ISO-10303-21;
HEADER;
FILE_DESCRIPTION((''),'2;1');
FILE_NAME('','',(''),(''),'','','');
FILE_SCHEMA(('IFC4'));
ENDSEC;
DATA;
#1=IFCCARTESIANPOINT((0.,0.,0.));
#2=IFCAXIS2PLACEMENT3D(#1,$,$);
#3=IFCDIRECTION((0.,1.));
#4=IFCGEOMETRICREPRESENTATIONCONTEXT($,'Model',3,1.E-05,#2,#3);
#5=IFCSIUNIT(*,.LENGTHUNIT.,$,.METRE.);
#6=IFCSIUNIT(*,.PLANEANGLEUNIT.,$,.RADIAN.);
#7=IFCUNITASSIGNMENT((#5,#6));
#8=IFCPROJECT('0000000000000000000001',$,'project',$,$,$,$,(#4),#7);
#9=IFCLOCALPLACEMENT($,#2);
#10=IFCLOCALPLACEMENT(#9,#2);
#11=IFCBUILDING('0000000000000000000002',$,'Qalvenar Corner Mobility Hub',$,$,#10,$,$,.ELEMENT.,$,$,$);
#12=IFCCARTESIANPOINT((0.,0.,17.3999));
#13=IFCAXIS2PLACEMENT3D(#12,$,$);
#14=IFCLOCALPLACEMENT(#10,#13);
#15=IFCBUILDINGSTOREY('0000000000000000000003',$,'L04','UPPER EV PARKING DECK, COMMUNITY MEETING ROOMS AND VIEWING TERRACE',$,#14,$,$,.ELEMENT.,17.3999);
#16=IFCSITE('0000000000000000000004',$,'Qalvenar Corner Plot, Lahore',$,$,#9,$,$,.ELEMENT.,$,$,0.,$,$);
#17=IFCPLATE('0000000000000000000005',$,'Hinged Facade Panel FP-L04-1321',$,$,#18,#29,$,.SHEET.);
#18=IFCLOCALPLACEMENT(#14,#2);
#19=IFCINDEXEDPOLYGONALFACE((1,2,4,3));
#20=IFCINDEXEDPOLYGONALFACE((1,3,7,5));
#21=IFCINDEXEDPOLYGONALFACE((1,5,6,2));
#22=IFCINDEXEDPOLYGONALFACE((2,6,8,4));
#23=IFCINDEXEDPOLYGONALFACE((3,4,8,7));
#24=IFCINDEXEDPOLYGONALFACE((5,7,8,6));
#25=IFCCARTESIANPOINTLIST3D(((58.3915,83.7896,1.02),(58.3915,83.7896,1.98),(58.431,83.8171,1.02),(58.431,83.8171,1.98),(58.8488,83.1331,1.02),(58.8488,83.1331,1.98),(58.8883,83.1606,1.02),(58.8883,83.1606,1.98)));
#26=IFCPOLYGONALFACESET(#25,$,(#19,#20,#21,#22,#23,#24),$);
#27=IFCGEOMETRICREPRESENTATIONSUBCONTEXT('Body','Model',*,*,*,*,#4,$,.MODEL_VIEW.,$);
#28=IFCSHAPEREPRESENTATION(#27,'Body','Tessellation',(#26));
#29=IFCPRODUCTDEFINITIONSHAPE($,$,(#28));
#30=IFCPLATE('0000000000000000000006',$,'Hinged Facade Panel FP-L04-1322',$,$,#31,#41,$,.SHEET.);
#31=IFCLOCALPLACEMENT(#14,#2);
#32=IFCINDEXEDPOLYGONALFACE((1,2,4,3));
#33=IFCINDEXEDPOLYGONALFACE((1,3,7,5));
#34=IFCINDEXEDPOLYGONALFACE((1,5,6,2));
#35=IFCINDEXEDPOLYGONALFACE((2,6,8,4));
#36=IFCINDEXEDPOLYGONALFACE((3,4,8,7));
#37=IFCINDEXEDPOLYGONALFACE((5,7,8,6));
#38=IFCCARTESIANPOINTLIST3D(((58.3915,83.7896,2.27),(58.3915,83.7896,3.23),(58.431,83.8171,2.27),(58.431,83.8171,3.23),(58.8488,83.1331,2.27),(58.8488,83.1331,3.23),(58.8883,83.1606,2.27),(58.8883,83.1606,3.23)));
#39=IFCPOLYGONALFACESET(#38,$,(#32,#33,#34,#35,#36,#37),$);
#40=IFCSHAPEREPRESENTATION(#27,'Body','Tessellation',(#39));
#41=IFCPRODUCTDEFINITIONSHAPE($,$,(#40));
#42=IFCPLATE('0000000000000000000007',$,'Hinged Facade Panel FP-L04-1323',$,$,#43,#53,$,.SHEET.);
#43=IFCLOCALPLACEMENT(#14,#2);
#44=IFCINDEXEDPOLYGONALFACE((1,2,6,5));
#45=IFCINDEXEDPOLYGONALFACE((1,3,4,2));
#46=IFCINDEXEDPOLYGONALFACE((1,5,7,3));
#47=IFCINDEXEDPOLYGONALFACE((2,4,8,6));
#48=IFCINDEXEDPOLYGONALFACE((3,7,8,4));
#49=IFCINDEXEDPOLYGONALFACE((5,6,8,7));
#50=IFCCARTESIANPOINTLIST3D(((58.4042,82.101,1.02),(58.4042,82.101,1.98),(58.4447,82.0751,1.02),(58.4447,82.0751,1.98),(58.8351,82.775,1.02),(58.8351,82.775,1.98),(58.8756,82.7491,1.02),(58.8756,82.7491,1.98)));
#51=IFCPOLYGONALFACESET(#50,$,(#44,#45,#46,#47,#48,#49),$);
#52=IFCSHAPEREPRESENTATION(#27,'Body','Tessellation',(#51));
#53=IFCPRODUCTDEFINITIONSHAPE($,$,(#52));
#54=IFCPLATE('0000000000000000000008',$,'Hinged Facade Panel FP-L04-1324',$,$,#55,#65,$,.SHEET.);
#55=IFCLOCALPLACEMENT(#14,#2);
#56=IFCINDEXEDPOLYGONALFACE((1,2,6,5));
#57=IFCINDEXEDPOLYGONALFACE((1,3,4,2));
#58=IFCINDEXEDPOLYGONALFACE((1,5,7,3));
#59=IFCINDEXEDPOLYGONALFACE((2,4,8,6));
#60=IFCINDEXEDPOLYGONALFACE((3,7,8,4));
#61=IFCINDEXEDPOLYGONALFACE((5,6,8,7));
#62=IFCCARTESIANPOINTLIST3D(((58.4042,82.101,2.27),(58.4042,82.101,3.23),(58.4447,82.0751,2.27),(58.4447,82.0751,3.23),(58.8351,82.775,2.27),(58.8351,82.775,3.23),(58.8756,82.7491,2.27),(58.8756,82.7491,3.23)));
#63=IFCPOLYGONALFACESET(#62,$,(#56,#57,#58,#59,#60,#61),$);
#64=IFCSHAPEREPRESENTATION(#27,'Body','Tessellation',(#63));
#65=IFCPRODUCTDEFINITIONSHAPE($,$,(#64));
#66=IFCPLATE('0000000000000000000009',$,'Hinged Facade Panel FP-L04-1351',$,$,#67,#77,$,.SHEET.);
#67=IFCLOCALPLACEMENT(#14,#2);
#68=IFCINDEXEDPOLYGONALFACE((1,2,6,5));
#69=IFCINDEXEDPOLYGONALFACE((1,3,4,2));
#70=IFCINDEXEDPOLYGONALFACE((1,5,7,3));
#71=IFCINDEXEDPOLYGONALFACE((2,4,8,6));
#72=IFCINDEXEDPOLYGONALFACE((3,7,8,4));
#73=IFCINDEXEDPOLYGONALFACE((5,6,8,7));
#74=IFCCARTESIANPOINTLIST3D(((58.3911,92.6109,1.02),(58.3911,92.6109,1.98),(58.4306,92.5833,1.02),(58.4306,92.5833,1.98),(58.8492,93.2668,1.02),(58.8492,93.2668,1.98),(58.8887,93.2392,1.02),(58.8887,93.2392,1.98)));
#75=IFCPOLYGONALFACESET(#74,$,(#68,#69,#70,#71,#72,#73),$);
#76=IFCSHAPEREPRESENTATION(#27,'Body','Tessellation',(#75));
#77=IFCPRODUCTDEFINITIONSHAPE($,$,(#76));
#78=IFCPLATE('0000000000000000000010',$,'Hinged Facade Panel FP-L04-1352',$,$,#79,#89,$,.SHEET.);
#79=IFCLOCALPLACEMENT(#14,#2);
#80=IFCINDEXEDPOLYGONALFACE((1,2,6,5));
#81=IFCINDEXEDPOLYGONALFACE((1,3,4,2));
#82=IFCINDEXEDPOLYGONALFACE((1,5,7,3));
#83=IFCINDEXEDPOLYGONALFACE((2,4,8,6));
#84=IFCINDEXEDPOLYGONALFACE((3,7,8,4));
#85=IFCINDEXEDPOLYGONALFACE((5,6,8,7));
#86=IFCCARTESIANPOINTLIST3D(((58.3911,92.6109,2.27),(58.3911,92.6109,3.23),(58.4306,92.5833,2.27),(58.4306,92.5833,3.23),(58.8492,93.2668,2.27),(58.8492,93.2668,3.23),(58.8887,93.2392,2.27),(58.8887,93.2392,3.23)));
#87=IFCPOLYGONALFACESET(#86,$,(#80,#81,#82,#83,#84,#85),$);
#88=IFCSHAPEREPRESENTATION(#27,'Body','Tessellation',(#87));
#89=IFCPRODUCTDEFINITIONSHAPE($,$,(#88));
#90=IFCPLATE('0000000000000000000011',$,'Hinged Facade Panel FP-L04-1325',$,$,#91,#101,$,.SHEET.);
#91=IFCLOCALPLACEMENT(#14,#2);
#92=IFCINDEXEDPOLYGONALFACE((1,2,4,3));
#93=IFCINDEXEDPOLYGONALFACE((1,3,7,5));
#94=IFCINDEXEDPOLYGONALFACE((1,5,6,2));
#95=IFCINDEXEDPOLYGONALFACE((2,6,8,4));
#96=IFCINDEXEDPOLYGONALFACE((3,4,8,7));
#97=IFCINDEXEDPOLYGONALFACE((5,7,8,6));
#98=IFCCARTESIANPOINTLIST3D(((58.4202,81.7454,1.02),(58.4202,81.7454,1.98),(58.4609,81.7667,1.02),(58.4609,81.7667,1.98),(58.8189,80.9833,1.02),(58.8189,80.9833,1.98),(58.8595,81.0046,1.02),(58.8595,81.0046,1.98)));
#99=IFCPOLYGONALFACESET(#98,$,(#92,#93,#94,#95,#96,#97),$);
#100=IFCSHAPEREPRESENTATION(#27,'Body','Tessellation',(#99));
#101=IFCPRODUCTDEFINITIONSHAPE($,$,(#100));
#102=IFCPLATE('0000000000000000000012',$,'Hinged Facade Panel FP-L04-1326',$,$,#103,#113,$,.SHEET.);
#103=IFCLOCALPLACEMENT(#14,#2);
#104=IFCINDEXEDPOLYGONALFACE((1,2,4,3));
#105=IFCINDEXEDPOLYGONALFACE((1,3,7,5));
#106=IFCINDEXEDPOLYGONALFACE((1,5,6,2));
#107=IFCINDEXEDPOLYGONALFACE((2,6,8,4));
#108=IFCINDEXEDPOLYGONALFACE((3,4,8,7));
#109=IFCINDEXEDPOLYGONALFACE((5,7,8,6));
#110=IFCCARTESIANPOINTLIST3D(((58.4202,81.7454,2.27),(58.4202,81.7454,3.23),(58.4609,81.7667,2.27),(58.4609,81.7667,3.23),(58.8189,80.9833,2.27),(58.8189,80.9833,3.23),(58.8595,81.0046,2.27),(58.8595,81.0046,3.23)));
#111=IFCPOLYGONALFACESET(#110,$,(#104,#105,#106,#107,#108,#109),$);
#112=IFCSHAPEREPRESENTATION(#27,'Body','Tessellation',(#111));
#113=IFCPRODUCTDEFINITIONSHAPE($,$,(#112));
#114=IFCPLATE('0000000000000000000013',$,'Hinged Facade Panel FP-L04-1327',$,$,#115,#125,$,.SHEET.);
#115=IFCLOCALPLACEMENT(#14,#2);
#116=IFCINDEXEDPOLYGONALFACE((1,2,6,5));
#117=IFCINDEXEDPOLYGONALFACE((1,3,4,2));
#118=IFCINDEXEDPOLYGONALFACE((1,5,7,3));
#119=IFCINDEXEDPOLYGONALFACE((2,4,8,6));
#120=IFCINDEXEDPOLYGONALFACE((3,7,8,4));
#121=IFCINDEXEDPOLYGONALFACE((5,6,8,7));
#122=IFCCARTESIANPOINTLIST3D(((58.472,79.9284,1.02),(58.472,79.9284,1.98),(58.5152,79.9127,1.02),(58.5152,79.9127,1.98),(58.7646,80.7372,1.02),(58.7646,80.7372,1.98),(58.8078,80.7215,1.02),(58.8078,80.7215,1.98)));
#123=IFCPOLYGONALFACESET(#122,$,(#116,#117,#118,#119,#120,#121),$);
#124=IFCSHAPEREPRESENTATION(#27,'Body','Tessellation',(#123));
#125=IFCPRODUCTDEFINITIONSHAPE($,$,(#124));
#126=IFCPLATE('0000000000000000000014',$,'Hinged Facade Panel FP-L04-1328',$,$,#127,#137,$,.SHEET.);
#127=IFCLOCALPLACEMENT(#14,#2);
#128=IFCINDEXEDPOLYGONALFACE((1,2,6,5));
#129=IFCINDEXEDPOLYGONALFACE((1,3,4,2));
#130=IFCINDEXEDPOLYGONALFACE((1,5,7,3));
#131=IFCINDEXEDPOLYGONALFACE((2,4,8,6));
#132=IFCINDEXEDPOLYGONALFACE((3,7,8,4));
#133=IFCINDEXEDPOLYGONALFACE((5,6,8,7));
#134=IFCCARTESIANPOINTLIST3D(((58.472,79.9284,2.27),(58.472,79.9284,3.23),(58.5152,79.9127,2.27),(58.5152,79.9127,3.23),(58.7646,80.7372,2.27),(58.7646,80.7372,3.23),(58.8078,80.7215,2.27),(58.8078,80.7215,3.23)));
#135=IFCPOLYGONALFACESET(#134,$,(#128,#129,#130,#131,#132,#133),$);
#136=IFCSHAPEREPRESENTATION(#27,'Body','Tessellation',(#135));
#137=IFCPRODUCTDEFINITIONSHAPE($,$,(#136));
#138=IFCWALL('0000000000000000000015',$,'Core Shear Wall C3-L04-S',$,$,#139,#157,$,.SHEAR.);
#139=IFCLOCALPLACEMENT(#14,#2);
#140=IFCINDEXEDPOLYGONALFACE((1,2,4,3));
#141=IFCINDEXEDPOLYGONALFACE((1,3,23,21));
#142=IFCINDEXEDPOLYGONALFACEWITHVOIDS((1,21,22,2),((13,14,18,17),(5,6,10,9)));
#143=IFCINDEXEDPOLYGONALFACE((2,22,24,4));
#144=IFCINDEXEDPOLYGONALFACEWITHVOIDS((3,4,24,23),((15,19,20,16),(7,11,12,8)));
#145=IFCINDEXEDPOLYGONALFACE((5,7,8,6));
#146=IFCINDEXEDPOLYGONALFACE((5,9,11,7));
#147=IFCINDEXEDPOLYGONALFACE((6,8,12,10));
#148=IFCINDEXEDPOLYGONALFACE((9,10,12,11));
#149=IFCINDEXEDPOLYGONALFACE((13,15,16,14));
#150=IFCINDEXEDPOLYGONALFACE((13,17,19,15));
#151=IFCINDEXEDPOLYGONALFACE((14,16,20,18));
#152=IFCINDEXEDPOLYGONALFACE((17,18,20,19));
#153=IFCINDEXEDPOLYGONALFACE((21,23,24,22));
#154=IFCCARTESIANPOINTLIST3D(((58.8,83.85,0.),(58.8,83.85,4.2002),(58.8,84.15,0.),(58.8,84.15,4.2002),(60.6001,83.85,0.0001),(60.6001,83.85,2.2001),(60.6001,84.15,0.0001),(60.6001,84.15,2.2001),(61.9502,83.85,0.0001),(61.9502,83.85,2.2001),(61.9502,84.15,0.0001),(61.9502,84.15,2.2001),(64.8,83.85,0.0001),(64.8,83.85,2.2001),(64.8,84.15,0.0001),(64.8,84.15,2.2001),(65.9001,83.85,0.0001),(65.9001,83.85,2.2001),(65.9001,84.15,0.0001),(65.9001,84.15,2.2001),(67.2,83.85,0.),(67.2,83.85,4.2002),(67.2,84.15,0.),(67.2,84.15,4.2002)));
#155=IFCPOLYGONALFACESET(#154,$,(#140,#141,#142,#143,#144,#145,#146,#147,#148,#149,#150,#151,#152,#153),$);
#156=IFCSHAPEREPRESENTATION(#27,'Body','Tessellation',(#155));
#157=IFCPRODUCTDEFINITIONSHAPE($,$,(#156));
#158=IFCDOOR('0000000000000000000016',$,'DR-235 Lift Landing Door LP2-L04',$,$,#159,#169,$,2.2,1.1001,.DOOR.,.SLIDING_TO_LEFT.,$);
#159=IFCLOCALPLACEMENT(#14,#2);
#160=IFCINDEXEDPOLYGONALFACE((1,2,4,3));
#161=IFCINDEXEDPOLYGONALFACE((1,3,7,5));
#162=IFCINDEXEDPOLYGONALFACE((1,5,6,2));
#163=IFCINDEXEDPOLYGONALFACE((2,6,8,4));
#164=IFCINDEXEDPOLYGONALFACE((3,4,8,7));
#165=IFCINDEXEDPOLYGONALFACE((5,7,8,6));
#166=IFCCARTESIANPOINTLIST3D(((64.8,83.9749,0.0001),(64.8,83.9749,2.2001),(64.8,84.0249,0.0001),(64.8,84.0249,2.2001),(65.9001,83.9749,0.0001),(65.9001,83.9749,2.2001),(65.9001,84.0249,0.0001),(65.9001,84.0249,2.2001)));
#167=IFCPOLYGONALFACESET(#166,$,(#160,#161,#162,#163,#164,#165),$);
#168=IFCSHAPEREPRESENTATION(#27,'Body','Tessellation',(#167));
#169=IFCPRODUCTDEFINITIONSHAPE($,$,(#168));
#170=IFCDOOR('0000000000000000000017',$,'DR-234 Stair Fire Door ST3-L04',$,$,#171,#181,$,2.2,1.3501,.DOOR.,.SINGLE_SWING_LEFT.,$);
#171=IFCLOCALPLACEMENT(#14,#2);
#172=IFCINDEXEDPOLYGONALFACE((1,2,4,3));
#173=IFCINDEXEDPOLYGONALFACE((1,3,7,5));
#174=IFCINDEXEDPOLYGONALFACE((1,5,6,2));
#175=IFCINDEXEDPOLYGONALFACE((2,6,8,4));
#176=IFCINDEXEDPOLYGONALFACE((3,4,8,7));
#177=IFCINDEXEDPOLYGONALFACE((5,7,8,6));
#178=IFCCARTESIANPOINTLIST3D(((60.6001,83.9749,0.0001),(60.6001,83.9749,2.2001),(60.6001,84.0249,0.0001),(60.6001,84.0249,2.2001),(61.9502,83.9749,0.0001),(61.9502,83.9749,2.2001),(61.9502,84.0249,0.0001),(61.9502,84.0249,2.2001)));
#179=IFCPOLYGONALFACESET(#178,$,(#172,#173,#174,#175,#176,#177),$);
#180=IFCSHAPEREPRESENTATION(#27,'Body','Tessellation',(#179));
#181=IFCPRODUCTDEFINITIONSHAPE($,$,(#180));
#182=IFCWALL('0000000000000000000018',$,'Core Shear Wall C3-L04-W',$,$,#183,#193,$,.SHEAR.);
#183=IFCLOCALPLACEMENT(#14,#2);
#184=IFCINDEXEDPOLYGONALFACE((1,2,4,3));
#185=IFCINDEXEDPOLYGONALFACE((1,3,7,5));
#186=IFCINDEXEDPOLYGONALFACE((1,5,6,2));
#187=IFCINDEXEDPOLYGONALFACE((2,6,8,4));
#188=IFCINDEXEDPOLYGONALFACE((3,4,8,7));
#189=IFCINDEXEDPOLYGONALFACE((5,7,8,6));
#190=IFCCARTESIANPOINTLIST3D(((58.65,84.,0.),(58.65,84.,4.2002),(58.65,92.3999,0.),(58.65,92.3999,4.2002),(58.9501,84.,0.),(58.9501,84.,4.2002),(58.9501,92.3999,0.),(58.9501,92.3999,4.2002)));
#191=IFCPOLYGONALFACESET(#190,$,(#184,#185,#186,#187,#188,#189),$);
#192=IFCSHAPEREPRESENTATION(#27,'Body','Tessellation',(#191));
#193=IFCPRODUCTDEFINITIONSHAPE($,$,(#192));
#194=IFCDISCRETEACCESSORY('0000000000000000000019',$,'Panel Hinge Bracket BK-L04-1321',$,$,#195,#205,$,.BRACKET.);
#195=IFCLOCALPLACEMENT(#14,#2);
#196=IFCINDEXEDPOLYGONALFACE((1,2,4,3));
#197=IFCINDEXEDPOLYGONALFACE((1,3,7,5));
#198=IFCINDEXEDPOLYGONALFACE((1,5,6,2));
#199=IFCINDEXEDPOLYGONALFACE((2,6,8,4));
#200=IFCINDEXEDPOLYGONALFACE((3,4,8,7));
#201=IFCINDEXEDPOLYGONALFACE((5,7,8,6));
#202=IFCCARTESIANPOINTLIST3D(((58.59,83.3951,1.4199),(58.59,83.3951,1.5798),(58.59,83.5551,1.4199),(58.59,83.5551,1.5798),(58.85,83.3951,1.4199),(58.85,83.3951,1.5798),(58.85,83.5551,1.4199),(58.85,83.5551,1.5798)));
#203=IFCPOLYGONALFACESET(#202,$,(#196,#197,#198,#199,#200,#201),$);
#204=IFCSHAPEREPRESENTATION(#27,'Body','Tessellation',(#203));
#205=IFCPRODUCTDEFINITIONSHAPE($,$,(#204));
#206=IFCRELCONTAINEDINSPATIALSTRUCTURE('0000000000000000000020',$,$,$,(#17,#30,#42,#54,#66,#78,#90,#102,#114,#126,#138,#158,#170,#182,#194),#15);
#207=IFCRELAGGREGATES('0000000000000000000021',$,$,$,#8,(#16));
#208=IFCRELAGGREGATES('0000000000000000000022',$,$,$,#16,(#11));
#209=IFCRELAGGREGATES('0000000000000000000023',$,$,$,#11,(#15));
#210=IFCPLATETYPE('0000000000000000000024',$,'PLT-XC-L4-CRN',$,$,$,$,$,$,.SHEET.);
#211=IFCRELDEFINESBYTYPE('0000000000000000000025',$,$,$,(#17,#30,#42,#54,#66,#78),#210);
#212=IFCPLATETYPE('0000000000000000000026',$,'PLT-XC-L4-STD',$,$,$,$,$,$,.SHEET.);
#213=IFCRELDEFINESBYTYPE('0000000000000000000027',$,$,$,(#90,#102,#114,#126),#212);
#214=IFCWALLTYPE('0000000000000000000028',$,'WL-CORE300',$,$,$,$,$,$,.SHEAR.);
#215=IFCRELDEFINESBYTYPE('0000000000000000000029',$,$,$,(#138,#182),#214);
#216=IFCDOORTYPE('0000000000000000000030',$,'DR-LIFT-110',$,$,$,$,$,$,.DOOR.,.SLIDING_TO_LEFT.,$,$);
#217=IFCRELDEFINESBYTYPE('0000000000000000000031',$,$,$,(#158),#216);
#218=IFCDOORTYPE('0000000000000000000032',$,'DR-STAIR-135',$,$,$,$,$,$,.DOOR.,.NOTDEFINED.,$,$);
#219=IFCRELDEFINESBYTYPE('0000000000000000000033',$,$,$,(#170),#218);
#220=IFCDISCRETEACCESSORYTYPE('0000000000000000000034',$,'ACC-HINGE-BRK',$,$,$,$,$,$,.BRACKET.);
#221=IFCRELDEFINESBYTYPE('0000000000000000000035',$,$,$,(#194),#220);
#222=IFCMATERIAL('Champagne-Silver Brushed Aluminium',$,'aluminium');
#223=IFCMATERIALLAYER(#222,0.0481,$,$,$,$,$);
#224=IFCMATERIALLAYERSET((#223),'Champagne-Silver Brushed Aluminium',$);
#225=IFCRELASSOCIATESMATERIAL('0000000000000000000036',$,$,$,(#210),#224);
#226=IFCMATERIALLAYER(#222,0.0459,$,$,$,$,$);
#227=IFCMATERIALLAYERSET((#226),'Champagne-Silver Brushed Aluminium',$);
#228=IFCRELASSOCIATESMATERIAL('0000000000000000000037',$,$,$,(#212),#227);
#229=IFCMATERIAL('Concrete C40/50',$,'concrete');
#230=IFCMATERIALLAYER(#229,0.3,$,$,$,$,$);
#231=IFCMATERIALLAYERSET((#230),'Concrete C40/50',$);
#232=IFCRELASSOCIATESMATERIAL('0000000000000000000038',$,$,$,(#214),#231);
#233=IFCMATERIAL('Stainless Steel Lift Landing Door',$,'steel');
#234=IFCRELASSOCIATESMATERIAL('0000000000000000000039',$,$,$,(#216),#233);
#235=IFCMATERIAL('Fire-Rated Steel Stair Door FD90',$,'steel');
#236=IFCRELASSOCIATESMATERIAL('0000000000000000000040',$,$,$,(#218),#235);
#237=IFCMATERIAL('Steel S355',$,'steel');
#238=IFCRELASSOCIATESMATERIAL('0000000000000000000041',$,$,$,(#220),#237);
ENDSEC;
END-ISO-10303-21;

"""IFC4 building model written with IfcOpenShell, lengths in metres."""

from ifc_helpers import new_model, si_unit, direction, frame, frame_2d, origin, origin_2d, place, context, subcontext, project, spatial, rectangle, extrude, material, layer, layer_set, type_object, element, fill, save


model = new_model("IFC4")

# Units and contexts
model_context = context("Model", 3, precision=1e-05, world=origin(), true_north=direction((0.0, 1.0)))
body_context = subcontext(model_context, "Body", "Model", "MODEL_VIEW")
ifc_project = project(units=[si_unit("LENGTHUNIT", "METRE"), si_unit("PLANEANGLEUNIT", "RADIAN")], contexts=[model_context])

# Site, building, storey
site_placement = place(None, origin())
site = spatial("IfcSite", under=ifc_project, at=site_placement, Name="Qalvenar Corner Plot, Lahore", CompositionType="ELEMENT", RefElevation=0.0)
building_placement = place(site_placement, origin())
building = spatial("IfcBuilding", under=site, at=building_placement, Name="Qalvenar Corner Mobility Hub", CompositionType="ELEMENT")
storey_placement = place(building_placement, frame((0.0, 0.0, 17.3999)))
storey = spatial("IfcBuildingStorey", under=building, at=storey_placement, Name="L04", Description="UPPER EV PARKING DECK, COMMUNITY MEETING ROOMS AND VIEWING TERRACE", CompositionType="ELEMENT", Elevation=17.3999)

# Shared definitions
ifc_material_1 = material(Name="Steel S355", Category="steel")

# Plates
ifc_material_2 = material(Name="Champagne-Silver Brushed Aluminium", Category="aluminium")
ifc_layer_1 = layer(ifc_material_2, 0.0481)
ifc_layer_set_1 = layer_set([ifc_layer_1], Name="Champagne-Silver Brushed Aluminium")
plate_type_1 = type_object("IfcPlateType", Name="PLT-XC-L4-CRN", PredefinedType="SHEET", material=ifc_layer_set_1)
for number, where, z_axis, x_axis, name in (
    (1, (58.6399, 83.4751, 1.02), (0.0, 0.0, 1.0), (0.571573, -0.820551, 0.0), "Hinged Facade Panel FP-L04-1321"),
    (2, (58.6399, 83.4751, 2.27), (0.0, 0.0, 1.0), (0.571573, -0.820551, 0.0), "Hinged Facade Panel FP-L04-1322"),
    (3, (58.6399, 82.425, 1.02), (0.0, 0.0, 1.0), (-0.538624, -0.842546, 0.0), "Hinged Facade Panel FP-L04-1323"),
    (4, (58.6399, 82.425, 2.27), (0.0, 0.0, 1.0), (-0.538624, -0.842546, 0.0), "Hinged Facade Panel FP-L04-1324"),
    (5, (58.6399, 92.925, 1.02), (0.0, 0.0, 1.0), (-0.572575, -0.819852, 0.0), "Hinged Facade Panel FP-L04-1351"),
    (6, (58.6399, 92.925, 2.27), (0.0, 0.0, 1.0), (-0.572575, -0.819852, 0.0), "Hinged Facade Panel FP-L04-1352"),
):
    element("IfcPlate", number, at=place(storey_placement, frame(where, z_axis=z_axis, x_axis=x_axis)), inside=storey, type_object=plate_type_1, Name=name, PredefinedType="SHEET", context=body_context, shape_type="SweptSolid", body=[
        extrude(rectangle(XDim=0.8, YDim=0.0481, at=origin_2d()), origin(), (0.0, 0.0, 1.0), 0.96),
    ])
ifc_layer_2 = layer(ifc_material_2, 0.0459)
ifc_layer_set_2 = layer_set([ifc_layer_2], Name="Champagne-Silver Brushed Aluminium")
plate_type_2 = type_object("IfcPlateType", Name="PLT-XC-L4-STD", PredefinedType="SHEET", material=ifc_layer_set_2)
for number, where, z_axis, x_axis, name in (
    (7, (58.6399, 81.375, 1.02), (0.0, 0.0, 1.0), (0.463451, -0.886123, 0.0), "Hinged Facade Panel FP-L04-1325"),
    (8, (58.6399, 81.375, 2.27), (0.0, 0.0, 1.0), (0.463451, -0.886123, 0.0), "Hinged Facade Panel FP-L04-1326"),
    (9, (58.6399, 80.325, 1.02), (0.0, 0.0, 1.0), (-0.340215, -0.940348, 0.0), "Hinged Facade Panel FP-L04-1327"),
    (10, (58.6399, 80.325, 2.27), (0.0, 0.0, 1.0), (-0.340215, -0.940348, 0.0), "Hinged Facade Panel FP-L04-1328"),
):
    element("IfcPlate", number, at=place(storey_placement, frame(where, z_axis=z_axis, x_axis=x_axis)), inside=storey, type_object=plate_type_2, Name=name, PredefinedType="SHEET", context=body_context, shape_type="SweptSolid", body=[
        extrude(rectangle(XDim=0.8601, YDim=0.0459, at=origin_2d()), origin(), (0.0, 0.0, 1.0), 0.96),
    ])

# Wall, openings, doors
ifc_material_3 = material(Name="Concrete C40/50", Category="concrete")
ifc_layer_3 = layer(ifc_material_3, 0.3)
ifc_layer_set_3 = layer_set([ifc_layer_3], Name="Concrete C40/50")
wall_type = type_object("IfcWallType", Name="WL-CORE300", PredefinedType="SHEAR", material=ifc_layer_set_3)
wall_1_placement = place(storey_placement, frame((58.8, 84.0, 0.0), z_axis=(0.0, 0.0, 1.0), x_axis=(1.0, 0.0, 0.0)))
wall_1 = element("IfcWall", 11, at=wall_1_placement, inside=storey, type_object=wall_type, Name="Core Shear Wall C3-L04-S", PredefinedType="SHEAR", context=body_context, shape_type="SweptSolid", body=[
    extrude(rectangle(XDim=8.3999, YDim=0.3, at=frame_2d((4.2, 0.0))), origin(), (0.0, 0.0, 1.0), 4.2002),
])
opening_1_placement = place(wall_1_placement, frame((1.8, 0.0, 0.0)))
opening_1 = element("IfcOpeningElement", 12, at=opening_1_placement, cuts=wall_1, PredefinedType="OPENING", context=body_context, shape_type="SweptSolid", body=[
    extrude(rectangle(XDim=1.3501, YDim=2.2, at=frame_2d((0.675, 1.1001))), frame((0.0, 0.1602, 0.0), z_axis=(0.0, -1.0, 0.0), x_axis=(1.0, 0.0, 0.0)), (0.0, 0.0, 1.0), 0.3201),
])
opening_2_placement = place(wall_1_placement, frame((6.0, 0.0, 0.0)))
opening_2 = element("IfcOpeningElement", 13, at=opening_2_placement, cuts=wall_1, PredefinedType="OPENING", context=body_context, shape_type="SweptSolid", body=[
    extrude(rectangle(XDim=1.1001, YDim=2.2, at=frame_2d((0.55, 1.1001))), frame((0.0, 0.1602, 0.0), z_axis=(0.0, -1.0, 0.0), x_axis=(1.0, 0.0, 0.0)), (0.0, 0.0, 1.0), 0.3201),
])
ifc_material_4 = material(Name="Stainless Steel Lift Landing Door", Category="steel")
door_type_1 = type_object("IfcDoorType", Name="DR-LIFT-110", OperationType="SLIDING_TO_LEFT", PredefinedType="DOOR", material=ifc_material_4)
door_1_placement = place(opening_2_placement, origin())
door_1 = element("IfcDoor", 14, at=door_1_placement, inside=storey, type_object=door_type_1, Name="DR-235 Lift Landing Door LP2-L04", OperationType="SLIDING_TO_LEFT", OverallHeight=2.2, OverallWidth=1.1001, PredefinedType="DOOR", context=body_context, shape_type="SweptSolid", body=[
    extrude(rectangle(XDim=1.1001, YDim=2.2, at=frame_2d((0.55, 1.1001))), frame((0.0, 0.0249, 0.0), z_axis=(0.0, -1.0, 0.0), x_axis=(1.0, 0.0, 0.0)), (0.0, 0.0, 1.0), 0.05),
])
fill(opening_2, door_1)
ifc_material_5 = material(Name="Fire-Rated Steel Stair Door FD90", Category="steel")
door_type_2 = type_object("IfcDoorType", Name="DR-STAIR-135", OperationType="NOTDEFINED", PredefinedType="DOOR", material=ifc_material_5)
door_2_placement = place(opening_1_placement, origin())
door_2 = element("IfcDoor", 15, at=door_2_placement, inside=storey, type_object=door_type_2, Name="DR-234 Stair Fire Door ST3-L04", OperationType="SINGLE_SWING_LEFT", OverallHeight=2.2, OverallWidth=1.3501, PredefinedType="DOOR", context=body_context, shape_type="SweptSolid", body=[
    extrude(rectangle(XDim=1.3501, YDim=2.2, at=frame_2d((0.675, 1.1001))), frame((0.0, 0.0249, 0.0), z_axis=(0.0, -1.0, 0.0), x_axis=(1.0, 0.0, 0.0)), (0.0, 0.0, 1.0), 0.05),
])
fill(opening_1, door_2)

# Wall
wall_2_placement = place(storey_placement, frame((58.8, 92.3999, 0.0), z_axis=(0.0, 0.0, 1.0), x_axis=(0.0, -1.0, 0.0)))
element("IfcWall", 16, at=wall_2_placement, inside=storey, type_object=wall_type, Name="Core Shear Wall C3-L04-W", PredefinedType="SHEAR", context=body_context, shape_type="SweptSolid", body=[
    extrude(rectangle(XDim=8.3999, YDim=0.3, at=frame_2d((4.2, 0.0))), origin(), (0.0, 0.0, 1.0), 4.2002),
])

# Discrete accessory
discrete_accessory_type = type_object("IfcDiscreteAccessoryType", Name="ACC-HINGE-BRK", PredefinedType="BRACKET", material=ifc_material_1)
for number, where, z_axis, x_axis, name in (
    (17, (58.72, 83.4751, 1.4199), (0.0, 0.0, 1.0), (0.0, -1.0, 0.0), "Panel Hinge Bracket BK-L04-1321"),
):
    element("IfcDiscreteAccessory", number, at=place(storey_placement, frame(where, z_axis=z_axis, x_axis=x_axis)), inside=storey, type_object=discrete_accessory_type, Name=name, PredefinedType="BRACKET", context=body_context, shape_type="SweptSolid", body=[
        extrude(rectangle(XDim=0.1599, YDim=0.26, at=origin_2d()), origin(), (0.0, 0.0, 1.0), 0.1599),
    ])

save(model, "model.ifc")
